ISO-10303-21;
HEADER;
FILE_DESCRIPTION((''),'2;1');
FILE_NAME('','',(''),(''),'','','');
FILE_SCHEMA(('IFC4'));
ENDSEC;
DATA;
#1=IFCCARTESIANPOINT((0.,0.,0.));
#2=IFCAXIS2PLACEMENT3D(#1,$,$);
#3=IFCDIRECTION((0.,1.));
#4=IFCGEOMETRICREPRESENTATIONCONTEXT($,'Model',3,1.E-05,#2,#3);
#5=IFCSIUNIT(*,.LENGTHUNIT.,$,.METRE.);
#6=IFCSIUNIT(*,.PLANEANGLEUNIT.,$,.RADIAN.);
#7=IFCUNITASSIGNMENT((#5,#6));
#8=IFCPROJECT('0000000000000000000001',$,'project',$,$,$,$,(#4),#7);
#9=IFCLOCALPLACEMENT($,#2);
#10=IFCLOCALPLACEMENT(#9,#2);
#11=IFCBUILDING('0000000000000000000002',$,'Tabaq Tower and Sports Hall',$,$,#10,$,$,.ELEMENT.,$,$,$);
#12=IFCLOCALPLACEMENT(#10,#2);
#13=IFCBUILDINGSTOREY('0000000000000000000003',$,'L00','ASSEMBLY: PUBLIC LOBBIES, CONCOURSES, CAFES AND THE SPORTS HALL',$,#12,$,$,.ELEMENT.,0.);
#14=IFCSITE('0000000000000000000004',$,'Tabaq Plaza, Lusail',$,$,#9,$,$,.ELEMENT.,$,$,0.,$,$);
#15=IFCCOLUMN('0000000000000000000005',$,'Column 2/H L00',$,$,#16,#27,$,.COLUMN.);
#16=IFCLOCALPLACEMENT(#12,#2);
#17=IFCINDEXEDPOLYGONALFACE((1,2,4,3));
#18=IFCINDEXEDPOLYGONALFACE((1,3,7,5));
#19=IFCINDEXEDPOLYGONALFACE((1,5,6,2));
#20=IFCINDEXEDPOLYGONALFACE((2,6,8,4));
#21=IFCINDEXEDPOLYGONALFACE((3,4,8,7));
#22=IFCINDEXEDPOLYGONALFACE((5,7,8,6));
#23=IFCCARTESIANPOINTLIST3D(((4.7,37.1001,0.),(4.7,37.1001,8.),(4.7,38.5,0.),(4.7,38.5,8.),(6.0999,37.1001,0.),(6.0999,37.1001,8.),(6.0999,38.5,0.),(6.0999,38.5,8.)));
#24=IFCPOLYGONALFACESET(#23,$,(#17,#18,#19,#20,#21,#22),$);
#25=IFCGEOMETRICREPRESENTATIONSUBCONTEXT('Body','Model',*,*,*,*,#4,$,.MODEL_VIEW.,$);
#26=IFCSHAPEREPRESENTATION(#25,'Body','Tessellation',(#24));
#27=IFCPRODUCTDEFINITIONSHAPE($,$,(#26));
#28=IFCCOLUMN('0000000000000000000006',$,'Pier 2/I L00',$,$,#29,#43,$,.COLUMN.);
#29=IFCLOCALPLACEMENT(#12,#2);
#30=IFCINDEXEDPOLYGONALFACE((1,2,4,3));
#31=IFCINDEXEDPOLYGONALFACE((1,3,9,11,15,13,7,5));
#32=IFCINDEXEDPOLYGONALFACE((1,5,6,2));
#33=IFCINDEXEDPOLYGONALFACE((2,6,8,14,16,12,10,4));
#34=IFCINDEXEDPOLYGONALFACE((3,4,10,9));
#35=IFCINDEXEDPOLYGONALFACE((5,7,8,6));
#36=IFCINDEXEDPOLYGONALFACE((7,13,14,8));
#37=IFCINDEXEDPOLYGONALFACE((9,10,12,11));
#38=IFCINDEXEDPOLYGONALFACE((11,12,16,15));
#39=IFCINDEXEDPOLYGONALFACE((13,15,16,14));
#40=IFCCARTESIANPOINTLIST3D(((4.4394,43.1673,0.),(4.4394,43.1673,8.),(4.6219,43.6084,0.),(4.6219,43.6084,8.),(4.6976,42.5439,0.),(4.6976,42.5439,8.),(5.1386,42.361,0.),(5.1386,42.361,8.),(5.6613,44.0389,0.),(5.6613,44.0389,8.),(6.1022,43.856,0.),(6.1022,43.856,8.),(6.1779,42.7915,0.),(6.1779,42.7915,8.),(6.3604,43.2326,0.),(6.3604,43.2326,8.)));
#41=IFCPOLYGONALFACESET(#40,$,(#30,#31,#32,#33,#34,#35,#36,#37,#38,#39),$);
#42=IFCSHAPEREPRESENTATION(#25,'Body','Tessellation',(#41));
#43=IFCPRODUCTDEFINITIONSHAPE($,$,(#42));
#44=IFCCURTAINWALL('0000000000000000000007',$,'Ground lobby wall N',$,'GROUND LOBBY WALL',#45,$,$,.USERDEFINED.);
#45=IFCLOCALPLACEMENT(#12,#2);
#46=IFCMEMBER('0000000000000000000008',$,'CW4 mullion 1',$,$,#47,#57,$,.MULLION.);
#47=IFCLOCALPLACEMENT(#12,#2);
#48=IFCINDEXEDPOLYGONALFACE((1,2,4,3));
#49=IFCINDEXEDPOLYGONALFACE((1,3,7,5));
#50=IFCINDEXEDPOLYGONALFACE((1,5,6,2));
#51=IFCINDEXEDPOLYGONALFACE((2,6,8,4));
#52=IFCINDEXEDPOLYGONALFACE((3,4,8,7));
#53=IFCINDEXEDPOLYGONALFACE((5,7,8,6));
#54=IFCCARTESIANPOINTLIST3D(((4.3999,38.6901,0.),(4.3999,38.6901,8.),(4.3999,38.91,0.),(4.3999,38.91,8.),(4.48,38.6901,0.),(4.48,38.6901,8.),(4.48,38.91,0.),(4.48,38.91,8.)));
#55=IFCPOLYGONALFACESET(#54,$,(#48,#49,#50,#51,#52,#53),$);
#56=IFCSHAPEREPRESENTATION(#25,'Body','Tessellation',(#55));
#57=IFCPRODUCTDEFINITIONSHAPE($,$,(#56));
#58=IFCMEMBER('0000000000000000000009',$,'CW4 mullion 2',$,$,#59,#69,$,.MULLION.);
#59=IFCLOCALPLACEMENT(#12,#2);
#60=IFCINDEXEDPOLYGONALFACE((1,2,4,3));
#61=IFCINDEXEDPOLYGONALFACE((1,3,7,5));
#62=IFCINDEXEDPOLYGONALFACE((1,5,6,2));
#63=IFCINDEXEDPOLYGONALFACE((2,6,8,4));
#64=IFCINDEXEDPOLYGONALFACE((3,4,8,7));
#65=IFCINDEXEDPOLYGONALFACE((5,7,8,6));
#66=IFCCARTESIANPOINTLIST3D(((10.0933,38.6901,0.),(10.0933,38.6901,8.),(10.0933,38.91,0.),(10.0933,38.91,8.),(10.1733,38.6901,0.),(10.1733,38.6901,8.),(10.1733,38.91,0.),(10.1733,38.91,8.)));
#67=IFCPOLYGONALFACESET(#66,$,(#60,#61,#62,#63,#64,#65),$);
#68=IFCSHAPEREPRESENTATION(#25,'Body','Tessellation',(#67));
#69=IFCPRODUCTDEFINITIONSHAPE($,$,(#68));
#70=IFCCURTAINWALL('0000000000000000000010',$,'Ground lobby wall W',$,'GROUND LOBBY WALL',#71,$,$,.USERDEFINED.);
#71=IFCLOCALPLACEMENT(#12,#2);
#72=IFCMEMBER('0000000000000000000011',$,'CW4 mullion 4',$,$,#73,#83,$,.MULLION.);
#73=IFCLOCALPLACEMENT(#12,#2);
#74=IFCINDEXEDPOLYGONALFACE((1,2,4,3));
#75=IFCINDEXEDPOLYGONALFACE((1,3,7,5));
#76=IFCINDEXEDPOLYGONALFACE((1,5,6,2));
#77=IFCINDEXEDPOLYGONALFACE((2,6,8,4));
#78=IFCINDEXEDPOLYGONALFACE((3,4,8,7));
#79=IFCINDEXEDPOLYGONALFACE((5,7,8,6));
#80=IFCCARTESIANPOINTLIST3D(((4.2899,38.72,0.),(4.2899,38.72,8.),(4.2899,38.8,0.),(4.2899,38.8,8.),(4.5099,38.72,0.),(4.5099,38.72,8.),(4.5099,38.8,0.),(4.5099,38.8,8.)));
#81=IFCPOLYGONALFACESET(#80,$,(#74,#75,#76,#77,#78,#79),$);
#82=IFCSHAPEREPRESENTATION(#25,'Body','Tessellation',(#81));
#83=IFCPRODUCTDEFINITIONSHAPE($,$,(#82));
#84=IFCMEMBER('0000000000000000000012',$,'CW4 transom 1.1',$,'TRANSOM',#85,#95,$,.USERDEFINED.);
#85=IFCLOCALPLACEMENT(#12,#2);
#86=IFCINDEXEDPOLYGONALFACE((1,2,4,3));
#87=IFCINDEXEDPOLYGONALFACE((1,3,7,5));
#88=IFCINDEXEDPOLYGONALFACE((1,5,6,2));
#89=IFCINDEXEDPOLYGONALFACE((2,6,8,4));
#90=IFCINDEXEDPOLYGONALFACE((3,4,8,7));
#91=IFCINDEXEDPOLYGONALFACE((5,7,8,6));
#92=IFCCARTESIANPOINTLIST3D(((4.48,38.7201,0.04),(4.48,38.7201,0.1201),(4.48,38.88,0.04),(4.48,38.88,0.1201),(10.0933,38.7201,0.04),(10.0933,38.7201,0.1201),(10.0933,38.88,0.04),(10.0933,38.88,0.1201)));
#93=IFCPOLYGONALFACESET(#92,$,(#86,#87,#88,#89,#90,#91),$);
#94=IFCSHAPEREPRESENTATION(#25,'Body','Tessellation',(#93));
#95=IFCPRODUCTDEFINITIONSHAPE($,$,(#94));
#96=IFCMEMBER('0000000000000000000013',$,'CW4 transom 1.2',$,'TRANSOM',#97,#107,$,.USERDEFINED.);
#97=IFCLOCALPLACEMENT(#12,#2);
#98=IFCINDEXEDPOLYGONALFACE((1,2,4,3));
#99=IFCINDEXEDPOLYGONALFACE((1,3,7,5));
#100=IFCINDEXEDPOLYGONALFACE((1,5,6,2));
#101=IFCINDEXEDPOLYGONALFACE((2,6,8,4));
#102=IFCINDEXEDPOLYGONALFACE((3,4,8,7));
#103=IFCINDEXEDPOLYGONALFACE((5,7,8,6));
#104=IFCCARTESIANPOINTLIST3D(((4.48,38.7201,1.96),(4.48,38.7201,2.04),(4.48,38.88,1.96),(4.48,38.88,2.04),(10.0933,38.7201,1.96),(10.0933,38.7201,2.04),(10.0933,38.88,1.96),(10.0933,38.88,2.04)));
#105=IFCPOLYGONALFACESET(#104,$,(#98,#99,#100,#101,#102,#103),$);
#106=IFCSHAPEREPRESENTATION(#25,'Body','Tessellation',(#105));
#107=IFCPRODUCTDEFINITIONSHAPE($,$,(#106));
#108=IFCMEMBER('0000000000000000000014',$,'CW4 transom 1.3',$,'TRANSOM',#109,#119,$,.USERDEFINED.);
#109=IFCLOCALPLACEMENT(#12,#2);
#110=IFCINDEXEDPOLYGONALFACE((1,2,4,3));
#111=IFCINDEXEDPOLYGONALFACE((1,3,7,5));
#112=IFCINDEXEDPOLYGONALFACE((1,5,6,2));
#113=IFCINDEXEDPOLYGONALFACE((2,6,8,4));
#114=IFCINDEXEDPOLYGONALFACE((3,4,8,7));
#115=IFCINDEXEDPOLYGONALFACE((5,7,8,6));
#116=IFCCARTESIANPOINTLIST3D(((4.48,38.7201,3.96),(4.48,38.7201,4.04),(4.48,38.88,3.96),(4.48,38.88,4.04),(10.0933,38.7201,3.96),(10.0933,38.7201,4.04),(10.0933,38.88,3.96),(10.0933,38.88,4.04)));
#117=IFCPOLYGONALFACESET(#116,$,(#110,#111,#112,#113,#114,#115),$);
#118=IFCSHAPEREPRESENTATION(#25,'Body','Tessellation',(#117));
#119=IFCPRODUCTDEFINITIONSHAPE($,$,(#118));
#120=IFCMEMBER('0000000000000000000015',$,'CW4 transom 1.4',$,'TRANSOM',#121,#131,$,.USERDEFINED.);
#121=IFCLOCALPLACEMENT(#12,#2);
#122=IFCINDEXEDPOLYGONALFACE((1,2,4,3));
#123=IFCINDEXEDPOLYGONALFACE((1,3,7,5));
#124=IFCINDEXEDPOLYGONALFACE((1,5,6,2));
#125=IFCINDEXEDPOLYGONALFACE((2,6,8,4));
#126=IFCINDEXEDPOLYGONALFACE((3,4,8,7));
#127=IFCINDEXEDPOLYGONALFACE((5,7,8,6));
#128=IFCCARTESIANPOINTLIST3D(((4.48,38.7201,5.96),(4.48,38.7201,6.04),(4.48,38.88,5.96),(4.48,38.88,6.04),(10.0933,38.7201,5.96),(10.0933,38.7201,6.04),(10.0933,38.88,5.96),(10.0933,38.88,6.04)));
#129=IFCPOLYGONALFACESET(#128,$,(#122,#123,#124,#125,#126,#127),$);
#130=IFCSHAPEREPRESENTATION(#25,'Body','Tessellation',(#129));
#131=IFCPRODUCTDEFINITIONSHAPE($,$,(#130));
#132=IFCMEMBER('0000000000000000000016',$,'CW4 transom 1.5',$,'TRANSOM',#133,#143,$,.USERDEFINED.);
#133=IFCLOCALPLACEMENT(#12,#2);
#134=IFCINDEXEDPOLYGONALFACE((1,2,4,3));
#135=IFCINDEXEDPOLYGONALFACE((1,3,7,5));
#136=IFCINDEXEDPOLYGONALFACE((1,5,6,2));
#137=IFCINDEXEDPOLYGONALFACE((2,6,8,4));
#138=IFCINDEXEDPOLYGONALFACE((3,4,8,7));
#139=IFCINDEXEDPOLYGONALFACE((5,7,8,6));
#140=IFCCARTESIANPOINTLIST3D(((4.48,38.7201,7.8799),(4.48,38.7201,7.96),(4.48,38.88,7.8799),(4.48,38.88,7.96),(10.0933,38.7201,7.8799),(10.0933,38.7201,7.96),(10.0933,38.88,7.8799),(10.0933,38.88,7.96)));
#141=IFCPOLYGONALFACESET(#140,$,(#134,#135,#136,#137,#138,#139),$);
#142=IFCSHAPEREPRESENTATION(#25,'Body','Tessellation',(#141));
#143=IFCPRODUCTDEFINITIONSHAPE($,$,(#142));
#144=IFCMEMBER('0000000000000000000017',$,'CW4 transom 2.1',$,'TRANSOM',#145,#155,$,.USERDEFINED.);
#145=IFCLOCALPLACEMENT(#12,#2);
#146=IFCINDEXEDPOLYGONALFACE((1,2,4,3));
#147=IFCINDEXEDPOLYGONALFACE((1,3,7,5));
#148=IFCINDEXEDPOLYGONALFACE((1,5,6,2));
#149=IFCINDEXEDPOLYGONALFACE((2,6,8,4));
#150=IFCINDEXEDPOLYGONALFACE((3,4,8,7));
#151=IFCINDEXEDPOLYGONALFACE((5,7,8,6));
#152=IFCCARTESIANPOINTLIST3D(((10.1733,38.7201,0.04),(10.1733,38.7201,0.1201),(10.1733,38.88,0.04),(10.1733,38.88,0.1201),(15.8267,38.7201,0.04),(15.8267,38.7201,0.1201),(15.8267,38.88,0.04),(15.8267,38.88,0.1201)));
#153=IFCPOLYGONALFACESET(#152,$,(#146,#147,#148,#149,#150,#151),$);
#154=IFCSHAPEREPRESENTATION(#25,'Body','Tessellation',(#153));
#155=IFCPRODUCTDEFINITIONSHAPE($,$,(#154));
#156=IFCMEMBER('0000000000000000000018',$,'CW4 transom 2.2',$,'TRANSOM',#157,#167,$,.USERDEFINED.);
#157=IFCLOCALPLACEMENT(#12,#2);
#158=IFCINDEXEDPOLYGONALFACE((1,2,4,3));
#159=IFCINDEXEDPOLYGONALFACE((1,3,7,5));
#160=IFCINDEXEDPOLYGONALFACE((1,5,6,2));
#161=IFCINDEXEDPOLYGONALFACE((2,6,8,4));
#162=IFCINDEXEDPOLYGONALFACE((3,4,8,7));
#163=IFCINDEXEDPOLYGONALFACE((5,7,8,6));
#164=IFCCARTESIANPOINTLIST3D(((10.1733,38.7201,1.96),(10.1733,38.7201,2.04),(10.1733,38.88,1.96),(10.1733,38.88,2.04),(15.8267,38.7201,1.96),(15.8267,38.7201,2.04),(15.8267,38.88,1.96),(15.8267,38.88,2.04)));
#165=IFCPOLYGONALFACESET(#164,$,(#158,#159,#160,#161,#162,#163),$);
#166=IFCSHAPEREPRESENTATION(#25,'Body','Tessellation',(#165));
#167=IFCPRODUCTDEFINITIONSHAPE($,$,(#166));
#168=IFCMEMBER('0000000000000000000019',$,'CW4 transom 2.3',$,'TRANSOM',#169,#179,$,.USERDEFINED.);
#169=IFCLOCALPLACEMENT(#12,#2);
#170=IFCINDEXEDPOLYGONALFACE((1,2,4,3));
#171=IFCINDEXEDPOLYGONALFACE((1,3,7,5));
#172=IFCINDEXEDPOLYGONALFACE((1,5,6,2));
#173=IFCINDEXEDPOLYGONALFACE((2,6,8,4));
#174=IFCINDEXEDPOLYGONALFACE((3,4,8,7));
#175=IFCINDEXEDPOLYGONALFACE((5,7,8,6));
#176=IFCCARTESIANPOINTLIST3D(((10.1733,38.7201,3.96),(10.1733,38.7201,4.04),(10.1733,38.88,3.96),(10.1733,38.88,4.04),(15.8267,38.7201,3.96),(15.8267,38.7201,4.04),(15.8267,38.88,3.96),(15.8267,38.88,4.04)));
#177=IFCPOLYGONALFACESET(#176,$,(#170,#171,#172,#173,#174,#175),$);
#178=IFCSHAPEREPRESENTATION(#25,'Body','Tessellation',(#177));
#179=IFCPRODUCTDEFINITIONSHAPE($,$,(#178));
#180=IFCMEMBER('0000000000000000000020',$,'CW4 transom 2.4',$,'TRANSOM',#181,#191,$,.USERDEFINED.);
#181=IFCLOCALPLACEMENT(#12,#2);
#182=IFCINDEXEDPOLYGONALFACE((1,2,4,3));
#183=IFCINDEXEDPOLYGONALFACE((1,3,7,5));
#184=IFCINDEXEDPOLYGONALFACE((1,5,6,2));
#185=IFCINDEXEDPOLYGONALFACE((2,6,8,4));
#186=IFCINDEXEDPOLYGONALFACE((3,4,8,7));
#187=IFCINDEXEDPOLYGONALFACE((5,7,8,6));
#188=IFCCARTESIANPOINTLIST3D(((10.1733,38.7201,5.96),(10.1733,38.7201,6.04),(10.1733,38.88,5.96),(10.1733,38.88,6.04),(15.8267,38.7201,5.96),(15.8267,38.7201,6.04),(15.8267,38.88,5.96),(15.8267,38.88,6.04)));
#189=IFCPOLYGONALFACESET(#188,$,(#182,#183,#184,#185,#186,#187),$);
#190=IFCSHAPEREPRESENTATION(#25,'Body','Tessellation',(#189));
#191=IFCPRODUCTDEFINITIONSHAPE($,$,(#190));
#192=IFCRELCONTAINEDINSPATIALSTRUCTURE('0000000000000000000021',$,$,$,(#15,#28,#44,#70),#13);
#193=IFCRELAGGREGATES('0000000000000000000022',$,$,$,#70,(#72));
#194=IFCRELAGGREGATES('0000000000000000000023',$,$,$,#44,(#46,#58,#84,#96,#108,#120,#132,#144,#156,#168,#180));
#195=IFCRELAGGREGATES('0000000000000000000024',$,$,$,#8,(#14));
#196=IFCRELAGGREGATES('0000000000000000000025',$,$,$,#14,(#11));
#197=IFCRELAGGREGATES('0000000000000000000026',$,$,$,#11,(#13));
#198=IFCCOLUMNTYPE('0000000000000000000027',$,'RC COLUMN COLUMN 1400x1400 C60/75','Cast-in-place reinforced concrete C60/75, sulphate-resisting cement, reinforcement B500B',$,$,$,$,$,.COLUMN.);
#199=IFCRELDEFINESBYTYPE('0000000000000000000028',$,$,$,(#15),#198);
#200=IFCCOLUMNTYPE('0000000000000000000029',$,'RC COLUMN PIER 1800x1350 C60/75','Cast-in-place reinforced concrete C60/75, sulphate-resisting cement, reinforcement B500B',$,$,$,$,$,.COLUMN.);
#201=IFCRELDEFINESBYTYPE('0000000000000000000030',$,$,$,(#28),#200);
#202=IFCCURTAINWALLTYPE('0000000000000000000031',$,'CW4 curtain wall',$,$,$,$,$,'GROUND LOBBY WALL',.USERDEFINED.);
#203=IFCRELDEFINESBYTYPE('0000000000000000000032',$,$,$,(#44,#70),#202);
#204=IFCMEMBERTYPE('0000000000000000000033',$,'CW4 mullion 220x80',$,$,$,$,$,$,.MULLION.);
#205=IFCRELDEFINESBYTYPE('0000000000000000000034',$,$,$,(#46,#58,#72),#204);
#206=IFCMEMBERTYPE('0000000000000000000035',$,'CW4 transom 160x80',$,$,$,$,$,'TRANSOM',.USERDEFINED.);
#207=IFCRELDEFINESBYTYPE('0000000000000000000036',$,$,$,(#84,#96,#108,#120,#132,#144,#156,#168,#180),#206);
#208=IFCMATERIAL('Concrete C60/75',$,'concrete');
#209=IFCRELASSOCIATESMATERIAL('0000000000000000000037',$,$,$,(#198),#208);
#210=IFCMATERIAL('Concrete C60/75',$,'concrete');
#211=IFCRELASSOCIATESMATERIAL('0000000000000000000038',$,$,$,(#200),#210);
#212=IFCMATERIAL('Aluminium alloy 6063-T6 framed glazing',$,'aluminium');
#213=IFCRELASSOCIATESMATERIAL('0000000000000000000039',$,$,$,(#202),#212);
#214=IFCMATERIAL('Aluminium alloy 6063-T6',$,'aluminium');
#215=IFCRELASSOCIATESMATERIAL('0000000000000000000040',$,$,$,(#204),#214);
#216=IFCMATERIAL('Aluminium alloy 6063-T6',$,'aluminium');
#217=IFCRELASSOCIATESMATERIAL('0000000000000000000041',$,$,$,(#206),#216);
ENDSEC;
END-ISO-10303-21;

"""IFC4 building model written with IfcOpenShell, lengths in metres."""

from ifc_helpers import new_model, si_unit, direction, frame, origin, origin_2d, place, context, subcontext, project, spatial, polyline, rectangle, outline, extrude, material, material_profile, profile_set, type_object, element, aggregate, save


model = new_model("IFC4")

# Units and contexts
model_context = context("Model", 3, precision=1e-05, world=origin(), true_north=direction((0.0, 1.0)))
body_context = subcontext(model_context, "Body", "Model", "MODEL_VIEW")
ifc_project = project(units=[si_unit("LENGTHUNIT", "METRE"), si_unit("PLANEANGLEUNIT", "RADIAN")], contexts=[model_context])

# Site, building, storey
site_placement = place(None, origin())
site = spatial("IfcSite", under=ifc_project, at=site_placement, Name="Tabaq Plaza, Lusail", CompositionType="ELEMENT", RefElevation=0.0)
building_placement = place(site_placement, origin())
building = spatial("IfcBuilding", under=site, at=building_placement, Name="Tabaq Tower and Sports Hall", CompositionType="ELEMENT")
storey_placement = place(building_placement, origin())
storey = spatial("IfcBuildingStorey", under=building, at=storey_placement, Name="L00", Description="ASSEMBLY: PUBLIC LOBBIES, CONCOURSES, CAFES AND THE SPORTS HALL", CompositionType="ELEMENT", Elevation=0.0)

# Columns
ifc_material_1 = material(Name="Concrete C60/75", Category="concrete")
ifc_material_profile_1 = material_profile(ifc_material_1, rectangle(XDim=1.3999, YDim=1.3999, at=origin_2d()), Name="COLUMN 1400x1400")
ifc_profile_set_1 = profile_set([ifc_material_profile_1], Name="Concrete C60/75")
column_type_1 = type_object("IfcColumnType", Name="RC COLUMN COLUMN 1400x1400 C60/75", Description="Cast-in-place reinforced concrete C60/75, sulphate-resisting cement, reinforcement B500B", PredefinedType="COLUMN", material=ifc_profile_set_1)
column_1_placement = place(storey_placement, frame((5.3999, 37.8, 0.0), z_axis=(0.0, 0.0, 1.0), x_axis=(1.0, 0.0, 0.0)))
element("IfcColumn", 1, at=column_1_placement, inside=storey, type_object=column_type_1, Name="Column 2/H L00", PredefinedType="COLUMN", context=body_context, shape_type="SweptSolid", body=[
    extrude(rectangle(XDim=1.3999, YDim=1.3999, at=origin_2d()), origin(), (0.0, 0.0, 1.0), 8.0),
])
ifc_material_2 = material(Name="Concrete C60/75", Category="concrete")
ifc_material_profile_2 = material_profile(ifc_material_2, outline(polyline([(-0.5625, -0.675), (0.5625, -0.675), (0.8999, -0.3374), (0.8999, 0.3374), (0.5625, 0.675), (-0.5625, 0.675), (-0.8999, 0.3374), (-0.8999, -0.3374), (-0.5625, -0.675)])), Name="PIER 1800x1350")
ifc_profile_set_2 = profile_set([ifc_material_profile_2], Name="Concrete C60/75")
column_type_2 = type_object("IfcColumnType", Name="RC COLUMN PIER 1800x1350 C60/75", Description="Cast-in-place reinforced concrete C60/75, sulphate-resisting cement, reinforcement B500B", PredefinedType="COLUMN", material=ifc_profile_set_2)
column_2_placement = place(storey_placement, frame((5.3999, 43.2, 0.0), z_axis=(0.0, 0.0, 1.0), x_axis=(0.92388, 0.382683, 0.0)))
element("IfcColumn", 2, at=column_2_placement, inside=storey, type_object=column_type_2, Name="Pier 2/I L00", PredefinedType="COLUMN", context=body_context, shape_type="SweptSolid", body=[
    extrude(outline(polyline([(-0.5625, -0.675), (0.5625, -0.675), (0.8999, -0.3374), (0.8999, 0.3374), (0.5625, 0.675), (-0.5625, 0.675), (-0.8999, 0.3374), (-0.8999, -0.3374), (-0.5625, -0.675)])), origin(), (0.0, 0.0, 1.0), 8.0),
])

# Curtain wall, members
ifc_material_3 = material(Name="Aluminium alloy 6063-T6 framed glazing", Category="aluminium")
curtain_wall_type = type_object("IfcCurtainWallType", Name="CW4 curtain wall", ElementType="GROUND LOBBY WALL", PredefinedType="USERDEFINED", material=ifc_material_3)
curtain_wall_1_placement = place(storey_placement, origin())
curtain_wall_1 = element("IfcCurtainWall", 3, at=curtain_wall_1_placement, inside=storey, type_object=curtain_wall_type, Name="Ground lobby wall N", ObjectType="GROUND LOBBY WALL", PredefinedType="USERDEFINED")
ifc_material_4 = material(Name="Aluminium alloy 6063-T6", Category="aluminium")
ifc_material_profile_3 = material_profile(ifc_material_4, rectangle(XDim=0.22, YDim=0.0801, at=origin_2d()), Name="MULLION 220x80")
ifc_profile_set_3 = profile_set([ifc_material_profile_3], Name="Aluminium alloy 6063-T6")
member_type_1 = type_object("IfcMemberType", Name="CW4 mullion 220x80", PredefinedType="MULLION", material=ifc_profile_set_3)
member_1_placement = place(storey_placement, frame((4.4399, 38.8, 0.0), z_axis=(0.0, 0.0, 1.0), x_axis=(0.0, 1.0, 0.0)))
member_1 = element("IfcMember", 4, at=member_1_placement, type_object=member_type_1, Name="CW4 mullion 1", PredefinedType="MULLION", context=body_context, shape_type="SweptSolid", body=[
    extrude(rectangle(XDim=0.22, YDim=0.0801, at=origin_2d()), origin(), (0.0, 0.0, 1.0), 8.0),
])
member_2_placement = place(storey_placement, frame((10.1333, 38.8, 0.0), z_axis=(0.0, 0.0, 1.0), x_axis=(0.0, 1.0, 0.0)))
member_2 = element("IfcMember", 5, at=member_2_placement, type_object=member_type_1, Name="CW4 mullion 2", PredefinedType="MULLION", context=body_context, shape_type="SweptSolid", body=[
    extrude(rectangle(XDim=0.22, YDim=0.0801, at=origin_2d()), origin(), (0.0, 0.0, 1.0), 8.0),
])

# Curtain wall, member
curtain_wall_2_placement = place(storey_placement, origin())
curtain_wall_2 = element("IfcCurtainWall", 6, at=curtain_wall_2_placement, inside=storey, type_object=curtain_wall_type, Name="Ground lobby wall W", ObjectType="GROUND LOBBY WALL", PredefinedType="USERDEFINED")
member_3_placement = place(storey_placement, frame((4.3999, 38.76, 0.0), z_axis=(0.0, 0.0, 1.0), x_axis=(-1.0, 0.0, 0.0)))
member_3 = element("IfcMember", 7, at=member_3_placement, type_object=member_type_1, Name="CW4 mullion 4", PredefinedType="MULLION", context=body_context, shape_type="SweptSolid", body=[
    extrude(rectangle(XDim=0.22, YDim=0.0801, at=origin_2d()), origin(), (0.0, 0.0, 1.0), 8.0),
])
aggregate(curtain_wall_2, [member_3])

# Members
ifc_material_5 = material(Name="Aluminium alloy 6063-T6", Category="aluminium")
ifc_material_profile_4 = material_profile(ifc_material_5, rectangle(XDim=0.1599, YDim=0.0801, at=origin_2d()), Name="TRANSOM 160x80")
ifc_profile_set_4 = profile_set([ifc_material_profile_4], Name="Aluminium alloy 6063-T6")
member_type_2 = type_object("IfcMemberType", Name="CW4 transom 160x80", ElementType="TRANSOM", PredefinedType="USERDEFINED", material=ifc_profile_set_4)
member_4_placement = place(storey_placement, frame((4.48, 38.8, 0.0801), z_axis=(1.0, 0.0, 0.0), x_axis=(0.0, 1.0, 0.0)))
member_4 = element("IfcMember", 8, at=member_4_placement, type_object=member_type_2, Name="CW4 transom 1.1", ObjectType="TRANSOM", PredefinedType="USERDEFINED", context=body_context, shape_type="SweptSolid", body=[
    extrude(rectangle(XDim=0.1599, YDim=0.0801, at=origin_2d()), origin(), (0.0, 0.0, 1.0), 5.6133),
])
member_5_placement = place(storey_placement, frame((4.48, 38.8, 2.0), z_axis=(1.0, 0.0, 0.0), x_axis=(0.0, 1.0, 0.0)))
member_5 = element("IfcMember", 9, at=member_5_placement, type_object=member_type_2, Name="CW4 transom 1.2", ObjectType="TRANSOM", PredefinedType="USERDEFINED", context=body_context, shape_type="SweptSolid", body=[
    extrude(rectangle(XDim=0.1599, YDim=0.0801, at=origin_2d()), origin(), (0.0, 0.0, 1.0), 5.6133),
])
member_6_placement = place(storey_placement, frame((4.48, 38.8, 4.0), z_axis=(1.0, 0.0, 0.0), x_axis=(0.0, 1.0, 0.0)))
member_6 = element("IfcMember", 10, at=member_6_placement, type_object=member_type_2, Name="CW4 transom 1.3", ObjectType="TRANSOM", PredefinedType="USERDEFINED", context=body_context, shape_type="SweptSolid", body=[
    extrude(rectangle(XDim=0.1599, YDim=0.0801, at=origin_2d()), origin(), (0.0, 0.0, 1.0), 5.6133),
])
member_7_placement = place(storey_placement, frame((4.48, 38.8, 6.0), z_axis=(1.0, 0.0, 0.0), x_axis=(0.0, 1.0, 0.0)))
member_7 = element("IfcMember", 11, at=member_7_placement, type_object=member_type_2, Name="CW4 transom 1.4", ObjectType="TRANSOM", PredefinedType="USERDEFINED", context=body_context, shape_type="SweptSolid", body=[
    extrude(rectangle(XDim=0.1599, YDim=0.0801, at=origin_2d()), origin(), (0.0, 0.0, 1.0), 5.6133),
])
member_8_placement = place(storey_placement, frame((4.48, 38.8, 7.9199), z_axis=(1.0, 0.0, 0.0), x_axis=(0.0, 1.0, 0.0)))
member_8 = element("IfcMember", 12, at=member_8_placement, type_object=member_type_2, Name="CW4 transom 1.5", ObjectType="TRANSOM", PredefinedType="USERDEFINED", context=body_context, shape_type="SweptSolid", body=[
    extrude(rectangle(XDim=0.1599, YDim=0.0801, at=origin_2d()), origin(), (0.0, 0.0, 1.0), 5.6133),
])
member_9_placement = place(storey_placement, frame((10.1733, 38.8, 0.0801), z_axis=(1.0, 0.0, 0.0), x_axis=(0.0, 1.0, 0.0)))
member_9 = element("IfcMember", 13, at=member_9_placement, type_object=member_type_2, Name="CW4 transom 2.1", ObjectType="TRANSOM", PredefinedType="USERDEFINED", context=body_context, shape_type="SweptSolid", body=[
    extrude(rectangle(XDim=0.1599, YDim=0.0801, at=origin_2d()), origin(), (0.0, 0.0, 1.0), 5.6533),
])
member_10_placement = place(storey_placement, frame((10.1733, 38.8, 2.0), z_axis=(1.0, 0.0, 0.0), x_axis=(0.0, 1.0, 0.0)))
member_10 = element("IfcMember", 14, at=member_10_placement, type_object=member_type_2, Name="CW4 transom 2.2", ObjectType="TRANSOM", PredefinedType="USERDEFINED", context=body_context, shape_type="SweptSolid", body=[
    extrude(rectangle(XDim=0.1599, YDim=0.0801, at=origin_2d()), origin(), (0.0, 0.0, 1.0), 5.6533),
])
member_11_placement = place(storey_placement, frame((10.1733, 38.8, 4.0), z_axis=(1.0, 0.0, 0.0), x_axis=(0.0, 1.0, 0.0)))
member_11 = element("IfcMember", 15, at=member_11_placement, type_object=member_type_2, Name="CW4 transom 2.3", ObjectType="TRANSOM", PredefinedType="USERDEFINED", context=body_context, shape_type="SweptSolid", body=[
    extrude(rectangle(XDim=0.1599, YDim=0.0801, at=origin_2d()), origin(), (0.0, 0.0, 1.0), 5.6533),
])
member_12_placement = place(storey_placement, frame((10.1733, 38.8, 6.0), z_axis=(1.0, 0.0, 0.0), x_axis=(0.0, 1.0, 0.0)))
member_12 = element("IfcMember", 16, at=member_12_placement, type_object=member_type_2, Name="CW4 transom 2.4", ObjectType="TRANSOM", PredefinedType="USERDEFINED", context=body_context, shape_type="SweptSolid", body=[
    extrude(rectangle(XDim=0.1599, YDim=0.0801, at=origin_2d()), origin(), (0.0, 0.0, 1.0), 5.6533),
])

aggregate(curtain_wall_1, [member_1, member_2, member_4, member_5, member_6, member_7, member_8, member_9, member_10, member_11, member_12])

save(model, "model.ifc")
